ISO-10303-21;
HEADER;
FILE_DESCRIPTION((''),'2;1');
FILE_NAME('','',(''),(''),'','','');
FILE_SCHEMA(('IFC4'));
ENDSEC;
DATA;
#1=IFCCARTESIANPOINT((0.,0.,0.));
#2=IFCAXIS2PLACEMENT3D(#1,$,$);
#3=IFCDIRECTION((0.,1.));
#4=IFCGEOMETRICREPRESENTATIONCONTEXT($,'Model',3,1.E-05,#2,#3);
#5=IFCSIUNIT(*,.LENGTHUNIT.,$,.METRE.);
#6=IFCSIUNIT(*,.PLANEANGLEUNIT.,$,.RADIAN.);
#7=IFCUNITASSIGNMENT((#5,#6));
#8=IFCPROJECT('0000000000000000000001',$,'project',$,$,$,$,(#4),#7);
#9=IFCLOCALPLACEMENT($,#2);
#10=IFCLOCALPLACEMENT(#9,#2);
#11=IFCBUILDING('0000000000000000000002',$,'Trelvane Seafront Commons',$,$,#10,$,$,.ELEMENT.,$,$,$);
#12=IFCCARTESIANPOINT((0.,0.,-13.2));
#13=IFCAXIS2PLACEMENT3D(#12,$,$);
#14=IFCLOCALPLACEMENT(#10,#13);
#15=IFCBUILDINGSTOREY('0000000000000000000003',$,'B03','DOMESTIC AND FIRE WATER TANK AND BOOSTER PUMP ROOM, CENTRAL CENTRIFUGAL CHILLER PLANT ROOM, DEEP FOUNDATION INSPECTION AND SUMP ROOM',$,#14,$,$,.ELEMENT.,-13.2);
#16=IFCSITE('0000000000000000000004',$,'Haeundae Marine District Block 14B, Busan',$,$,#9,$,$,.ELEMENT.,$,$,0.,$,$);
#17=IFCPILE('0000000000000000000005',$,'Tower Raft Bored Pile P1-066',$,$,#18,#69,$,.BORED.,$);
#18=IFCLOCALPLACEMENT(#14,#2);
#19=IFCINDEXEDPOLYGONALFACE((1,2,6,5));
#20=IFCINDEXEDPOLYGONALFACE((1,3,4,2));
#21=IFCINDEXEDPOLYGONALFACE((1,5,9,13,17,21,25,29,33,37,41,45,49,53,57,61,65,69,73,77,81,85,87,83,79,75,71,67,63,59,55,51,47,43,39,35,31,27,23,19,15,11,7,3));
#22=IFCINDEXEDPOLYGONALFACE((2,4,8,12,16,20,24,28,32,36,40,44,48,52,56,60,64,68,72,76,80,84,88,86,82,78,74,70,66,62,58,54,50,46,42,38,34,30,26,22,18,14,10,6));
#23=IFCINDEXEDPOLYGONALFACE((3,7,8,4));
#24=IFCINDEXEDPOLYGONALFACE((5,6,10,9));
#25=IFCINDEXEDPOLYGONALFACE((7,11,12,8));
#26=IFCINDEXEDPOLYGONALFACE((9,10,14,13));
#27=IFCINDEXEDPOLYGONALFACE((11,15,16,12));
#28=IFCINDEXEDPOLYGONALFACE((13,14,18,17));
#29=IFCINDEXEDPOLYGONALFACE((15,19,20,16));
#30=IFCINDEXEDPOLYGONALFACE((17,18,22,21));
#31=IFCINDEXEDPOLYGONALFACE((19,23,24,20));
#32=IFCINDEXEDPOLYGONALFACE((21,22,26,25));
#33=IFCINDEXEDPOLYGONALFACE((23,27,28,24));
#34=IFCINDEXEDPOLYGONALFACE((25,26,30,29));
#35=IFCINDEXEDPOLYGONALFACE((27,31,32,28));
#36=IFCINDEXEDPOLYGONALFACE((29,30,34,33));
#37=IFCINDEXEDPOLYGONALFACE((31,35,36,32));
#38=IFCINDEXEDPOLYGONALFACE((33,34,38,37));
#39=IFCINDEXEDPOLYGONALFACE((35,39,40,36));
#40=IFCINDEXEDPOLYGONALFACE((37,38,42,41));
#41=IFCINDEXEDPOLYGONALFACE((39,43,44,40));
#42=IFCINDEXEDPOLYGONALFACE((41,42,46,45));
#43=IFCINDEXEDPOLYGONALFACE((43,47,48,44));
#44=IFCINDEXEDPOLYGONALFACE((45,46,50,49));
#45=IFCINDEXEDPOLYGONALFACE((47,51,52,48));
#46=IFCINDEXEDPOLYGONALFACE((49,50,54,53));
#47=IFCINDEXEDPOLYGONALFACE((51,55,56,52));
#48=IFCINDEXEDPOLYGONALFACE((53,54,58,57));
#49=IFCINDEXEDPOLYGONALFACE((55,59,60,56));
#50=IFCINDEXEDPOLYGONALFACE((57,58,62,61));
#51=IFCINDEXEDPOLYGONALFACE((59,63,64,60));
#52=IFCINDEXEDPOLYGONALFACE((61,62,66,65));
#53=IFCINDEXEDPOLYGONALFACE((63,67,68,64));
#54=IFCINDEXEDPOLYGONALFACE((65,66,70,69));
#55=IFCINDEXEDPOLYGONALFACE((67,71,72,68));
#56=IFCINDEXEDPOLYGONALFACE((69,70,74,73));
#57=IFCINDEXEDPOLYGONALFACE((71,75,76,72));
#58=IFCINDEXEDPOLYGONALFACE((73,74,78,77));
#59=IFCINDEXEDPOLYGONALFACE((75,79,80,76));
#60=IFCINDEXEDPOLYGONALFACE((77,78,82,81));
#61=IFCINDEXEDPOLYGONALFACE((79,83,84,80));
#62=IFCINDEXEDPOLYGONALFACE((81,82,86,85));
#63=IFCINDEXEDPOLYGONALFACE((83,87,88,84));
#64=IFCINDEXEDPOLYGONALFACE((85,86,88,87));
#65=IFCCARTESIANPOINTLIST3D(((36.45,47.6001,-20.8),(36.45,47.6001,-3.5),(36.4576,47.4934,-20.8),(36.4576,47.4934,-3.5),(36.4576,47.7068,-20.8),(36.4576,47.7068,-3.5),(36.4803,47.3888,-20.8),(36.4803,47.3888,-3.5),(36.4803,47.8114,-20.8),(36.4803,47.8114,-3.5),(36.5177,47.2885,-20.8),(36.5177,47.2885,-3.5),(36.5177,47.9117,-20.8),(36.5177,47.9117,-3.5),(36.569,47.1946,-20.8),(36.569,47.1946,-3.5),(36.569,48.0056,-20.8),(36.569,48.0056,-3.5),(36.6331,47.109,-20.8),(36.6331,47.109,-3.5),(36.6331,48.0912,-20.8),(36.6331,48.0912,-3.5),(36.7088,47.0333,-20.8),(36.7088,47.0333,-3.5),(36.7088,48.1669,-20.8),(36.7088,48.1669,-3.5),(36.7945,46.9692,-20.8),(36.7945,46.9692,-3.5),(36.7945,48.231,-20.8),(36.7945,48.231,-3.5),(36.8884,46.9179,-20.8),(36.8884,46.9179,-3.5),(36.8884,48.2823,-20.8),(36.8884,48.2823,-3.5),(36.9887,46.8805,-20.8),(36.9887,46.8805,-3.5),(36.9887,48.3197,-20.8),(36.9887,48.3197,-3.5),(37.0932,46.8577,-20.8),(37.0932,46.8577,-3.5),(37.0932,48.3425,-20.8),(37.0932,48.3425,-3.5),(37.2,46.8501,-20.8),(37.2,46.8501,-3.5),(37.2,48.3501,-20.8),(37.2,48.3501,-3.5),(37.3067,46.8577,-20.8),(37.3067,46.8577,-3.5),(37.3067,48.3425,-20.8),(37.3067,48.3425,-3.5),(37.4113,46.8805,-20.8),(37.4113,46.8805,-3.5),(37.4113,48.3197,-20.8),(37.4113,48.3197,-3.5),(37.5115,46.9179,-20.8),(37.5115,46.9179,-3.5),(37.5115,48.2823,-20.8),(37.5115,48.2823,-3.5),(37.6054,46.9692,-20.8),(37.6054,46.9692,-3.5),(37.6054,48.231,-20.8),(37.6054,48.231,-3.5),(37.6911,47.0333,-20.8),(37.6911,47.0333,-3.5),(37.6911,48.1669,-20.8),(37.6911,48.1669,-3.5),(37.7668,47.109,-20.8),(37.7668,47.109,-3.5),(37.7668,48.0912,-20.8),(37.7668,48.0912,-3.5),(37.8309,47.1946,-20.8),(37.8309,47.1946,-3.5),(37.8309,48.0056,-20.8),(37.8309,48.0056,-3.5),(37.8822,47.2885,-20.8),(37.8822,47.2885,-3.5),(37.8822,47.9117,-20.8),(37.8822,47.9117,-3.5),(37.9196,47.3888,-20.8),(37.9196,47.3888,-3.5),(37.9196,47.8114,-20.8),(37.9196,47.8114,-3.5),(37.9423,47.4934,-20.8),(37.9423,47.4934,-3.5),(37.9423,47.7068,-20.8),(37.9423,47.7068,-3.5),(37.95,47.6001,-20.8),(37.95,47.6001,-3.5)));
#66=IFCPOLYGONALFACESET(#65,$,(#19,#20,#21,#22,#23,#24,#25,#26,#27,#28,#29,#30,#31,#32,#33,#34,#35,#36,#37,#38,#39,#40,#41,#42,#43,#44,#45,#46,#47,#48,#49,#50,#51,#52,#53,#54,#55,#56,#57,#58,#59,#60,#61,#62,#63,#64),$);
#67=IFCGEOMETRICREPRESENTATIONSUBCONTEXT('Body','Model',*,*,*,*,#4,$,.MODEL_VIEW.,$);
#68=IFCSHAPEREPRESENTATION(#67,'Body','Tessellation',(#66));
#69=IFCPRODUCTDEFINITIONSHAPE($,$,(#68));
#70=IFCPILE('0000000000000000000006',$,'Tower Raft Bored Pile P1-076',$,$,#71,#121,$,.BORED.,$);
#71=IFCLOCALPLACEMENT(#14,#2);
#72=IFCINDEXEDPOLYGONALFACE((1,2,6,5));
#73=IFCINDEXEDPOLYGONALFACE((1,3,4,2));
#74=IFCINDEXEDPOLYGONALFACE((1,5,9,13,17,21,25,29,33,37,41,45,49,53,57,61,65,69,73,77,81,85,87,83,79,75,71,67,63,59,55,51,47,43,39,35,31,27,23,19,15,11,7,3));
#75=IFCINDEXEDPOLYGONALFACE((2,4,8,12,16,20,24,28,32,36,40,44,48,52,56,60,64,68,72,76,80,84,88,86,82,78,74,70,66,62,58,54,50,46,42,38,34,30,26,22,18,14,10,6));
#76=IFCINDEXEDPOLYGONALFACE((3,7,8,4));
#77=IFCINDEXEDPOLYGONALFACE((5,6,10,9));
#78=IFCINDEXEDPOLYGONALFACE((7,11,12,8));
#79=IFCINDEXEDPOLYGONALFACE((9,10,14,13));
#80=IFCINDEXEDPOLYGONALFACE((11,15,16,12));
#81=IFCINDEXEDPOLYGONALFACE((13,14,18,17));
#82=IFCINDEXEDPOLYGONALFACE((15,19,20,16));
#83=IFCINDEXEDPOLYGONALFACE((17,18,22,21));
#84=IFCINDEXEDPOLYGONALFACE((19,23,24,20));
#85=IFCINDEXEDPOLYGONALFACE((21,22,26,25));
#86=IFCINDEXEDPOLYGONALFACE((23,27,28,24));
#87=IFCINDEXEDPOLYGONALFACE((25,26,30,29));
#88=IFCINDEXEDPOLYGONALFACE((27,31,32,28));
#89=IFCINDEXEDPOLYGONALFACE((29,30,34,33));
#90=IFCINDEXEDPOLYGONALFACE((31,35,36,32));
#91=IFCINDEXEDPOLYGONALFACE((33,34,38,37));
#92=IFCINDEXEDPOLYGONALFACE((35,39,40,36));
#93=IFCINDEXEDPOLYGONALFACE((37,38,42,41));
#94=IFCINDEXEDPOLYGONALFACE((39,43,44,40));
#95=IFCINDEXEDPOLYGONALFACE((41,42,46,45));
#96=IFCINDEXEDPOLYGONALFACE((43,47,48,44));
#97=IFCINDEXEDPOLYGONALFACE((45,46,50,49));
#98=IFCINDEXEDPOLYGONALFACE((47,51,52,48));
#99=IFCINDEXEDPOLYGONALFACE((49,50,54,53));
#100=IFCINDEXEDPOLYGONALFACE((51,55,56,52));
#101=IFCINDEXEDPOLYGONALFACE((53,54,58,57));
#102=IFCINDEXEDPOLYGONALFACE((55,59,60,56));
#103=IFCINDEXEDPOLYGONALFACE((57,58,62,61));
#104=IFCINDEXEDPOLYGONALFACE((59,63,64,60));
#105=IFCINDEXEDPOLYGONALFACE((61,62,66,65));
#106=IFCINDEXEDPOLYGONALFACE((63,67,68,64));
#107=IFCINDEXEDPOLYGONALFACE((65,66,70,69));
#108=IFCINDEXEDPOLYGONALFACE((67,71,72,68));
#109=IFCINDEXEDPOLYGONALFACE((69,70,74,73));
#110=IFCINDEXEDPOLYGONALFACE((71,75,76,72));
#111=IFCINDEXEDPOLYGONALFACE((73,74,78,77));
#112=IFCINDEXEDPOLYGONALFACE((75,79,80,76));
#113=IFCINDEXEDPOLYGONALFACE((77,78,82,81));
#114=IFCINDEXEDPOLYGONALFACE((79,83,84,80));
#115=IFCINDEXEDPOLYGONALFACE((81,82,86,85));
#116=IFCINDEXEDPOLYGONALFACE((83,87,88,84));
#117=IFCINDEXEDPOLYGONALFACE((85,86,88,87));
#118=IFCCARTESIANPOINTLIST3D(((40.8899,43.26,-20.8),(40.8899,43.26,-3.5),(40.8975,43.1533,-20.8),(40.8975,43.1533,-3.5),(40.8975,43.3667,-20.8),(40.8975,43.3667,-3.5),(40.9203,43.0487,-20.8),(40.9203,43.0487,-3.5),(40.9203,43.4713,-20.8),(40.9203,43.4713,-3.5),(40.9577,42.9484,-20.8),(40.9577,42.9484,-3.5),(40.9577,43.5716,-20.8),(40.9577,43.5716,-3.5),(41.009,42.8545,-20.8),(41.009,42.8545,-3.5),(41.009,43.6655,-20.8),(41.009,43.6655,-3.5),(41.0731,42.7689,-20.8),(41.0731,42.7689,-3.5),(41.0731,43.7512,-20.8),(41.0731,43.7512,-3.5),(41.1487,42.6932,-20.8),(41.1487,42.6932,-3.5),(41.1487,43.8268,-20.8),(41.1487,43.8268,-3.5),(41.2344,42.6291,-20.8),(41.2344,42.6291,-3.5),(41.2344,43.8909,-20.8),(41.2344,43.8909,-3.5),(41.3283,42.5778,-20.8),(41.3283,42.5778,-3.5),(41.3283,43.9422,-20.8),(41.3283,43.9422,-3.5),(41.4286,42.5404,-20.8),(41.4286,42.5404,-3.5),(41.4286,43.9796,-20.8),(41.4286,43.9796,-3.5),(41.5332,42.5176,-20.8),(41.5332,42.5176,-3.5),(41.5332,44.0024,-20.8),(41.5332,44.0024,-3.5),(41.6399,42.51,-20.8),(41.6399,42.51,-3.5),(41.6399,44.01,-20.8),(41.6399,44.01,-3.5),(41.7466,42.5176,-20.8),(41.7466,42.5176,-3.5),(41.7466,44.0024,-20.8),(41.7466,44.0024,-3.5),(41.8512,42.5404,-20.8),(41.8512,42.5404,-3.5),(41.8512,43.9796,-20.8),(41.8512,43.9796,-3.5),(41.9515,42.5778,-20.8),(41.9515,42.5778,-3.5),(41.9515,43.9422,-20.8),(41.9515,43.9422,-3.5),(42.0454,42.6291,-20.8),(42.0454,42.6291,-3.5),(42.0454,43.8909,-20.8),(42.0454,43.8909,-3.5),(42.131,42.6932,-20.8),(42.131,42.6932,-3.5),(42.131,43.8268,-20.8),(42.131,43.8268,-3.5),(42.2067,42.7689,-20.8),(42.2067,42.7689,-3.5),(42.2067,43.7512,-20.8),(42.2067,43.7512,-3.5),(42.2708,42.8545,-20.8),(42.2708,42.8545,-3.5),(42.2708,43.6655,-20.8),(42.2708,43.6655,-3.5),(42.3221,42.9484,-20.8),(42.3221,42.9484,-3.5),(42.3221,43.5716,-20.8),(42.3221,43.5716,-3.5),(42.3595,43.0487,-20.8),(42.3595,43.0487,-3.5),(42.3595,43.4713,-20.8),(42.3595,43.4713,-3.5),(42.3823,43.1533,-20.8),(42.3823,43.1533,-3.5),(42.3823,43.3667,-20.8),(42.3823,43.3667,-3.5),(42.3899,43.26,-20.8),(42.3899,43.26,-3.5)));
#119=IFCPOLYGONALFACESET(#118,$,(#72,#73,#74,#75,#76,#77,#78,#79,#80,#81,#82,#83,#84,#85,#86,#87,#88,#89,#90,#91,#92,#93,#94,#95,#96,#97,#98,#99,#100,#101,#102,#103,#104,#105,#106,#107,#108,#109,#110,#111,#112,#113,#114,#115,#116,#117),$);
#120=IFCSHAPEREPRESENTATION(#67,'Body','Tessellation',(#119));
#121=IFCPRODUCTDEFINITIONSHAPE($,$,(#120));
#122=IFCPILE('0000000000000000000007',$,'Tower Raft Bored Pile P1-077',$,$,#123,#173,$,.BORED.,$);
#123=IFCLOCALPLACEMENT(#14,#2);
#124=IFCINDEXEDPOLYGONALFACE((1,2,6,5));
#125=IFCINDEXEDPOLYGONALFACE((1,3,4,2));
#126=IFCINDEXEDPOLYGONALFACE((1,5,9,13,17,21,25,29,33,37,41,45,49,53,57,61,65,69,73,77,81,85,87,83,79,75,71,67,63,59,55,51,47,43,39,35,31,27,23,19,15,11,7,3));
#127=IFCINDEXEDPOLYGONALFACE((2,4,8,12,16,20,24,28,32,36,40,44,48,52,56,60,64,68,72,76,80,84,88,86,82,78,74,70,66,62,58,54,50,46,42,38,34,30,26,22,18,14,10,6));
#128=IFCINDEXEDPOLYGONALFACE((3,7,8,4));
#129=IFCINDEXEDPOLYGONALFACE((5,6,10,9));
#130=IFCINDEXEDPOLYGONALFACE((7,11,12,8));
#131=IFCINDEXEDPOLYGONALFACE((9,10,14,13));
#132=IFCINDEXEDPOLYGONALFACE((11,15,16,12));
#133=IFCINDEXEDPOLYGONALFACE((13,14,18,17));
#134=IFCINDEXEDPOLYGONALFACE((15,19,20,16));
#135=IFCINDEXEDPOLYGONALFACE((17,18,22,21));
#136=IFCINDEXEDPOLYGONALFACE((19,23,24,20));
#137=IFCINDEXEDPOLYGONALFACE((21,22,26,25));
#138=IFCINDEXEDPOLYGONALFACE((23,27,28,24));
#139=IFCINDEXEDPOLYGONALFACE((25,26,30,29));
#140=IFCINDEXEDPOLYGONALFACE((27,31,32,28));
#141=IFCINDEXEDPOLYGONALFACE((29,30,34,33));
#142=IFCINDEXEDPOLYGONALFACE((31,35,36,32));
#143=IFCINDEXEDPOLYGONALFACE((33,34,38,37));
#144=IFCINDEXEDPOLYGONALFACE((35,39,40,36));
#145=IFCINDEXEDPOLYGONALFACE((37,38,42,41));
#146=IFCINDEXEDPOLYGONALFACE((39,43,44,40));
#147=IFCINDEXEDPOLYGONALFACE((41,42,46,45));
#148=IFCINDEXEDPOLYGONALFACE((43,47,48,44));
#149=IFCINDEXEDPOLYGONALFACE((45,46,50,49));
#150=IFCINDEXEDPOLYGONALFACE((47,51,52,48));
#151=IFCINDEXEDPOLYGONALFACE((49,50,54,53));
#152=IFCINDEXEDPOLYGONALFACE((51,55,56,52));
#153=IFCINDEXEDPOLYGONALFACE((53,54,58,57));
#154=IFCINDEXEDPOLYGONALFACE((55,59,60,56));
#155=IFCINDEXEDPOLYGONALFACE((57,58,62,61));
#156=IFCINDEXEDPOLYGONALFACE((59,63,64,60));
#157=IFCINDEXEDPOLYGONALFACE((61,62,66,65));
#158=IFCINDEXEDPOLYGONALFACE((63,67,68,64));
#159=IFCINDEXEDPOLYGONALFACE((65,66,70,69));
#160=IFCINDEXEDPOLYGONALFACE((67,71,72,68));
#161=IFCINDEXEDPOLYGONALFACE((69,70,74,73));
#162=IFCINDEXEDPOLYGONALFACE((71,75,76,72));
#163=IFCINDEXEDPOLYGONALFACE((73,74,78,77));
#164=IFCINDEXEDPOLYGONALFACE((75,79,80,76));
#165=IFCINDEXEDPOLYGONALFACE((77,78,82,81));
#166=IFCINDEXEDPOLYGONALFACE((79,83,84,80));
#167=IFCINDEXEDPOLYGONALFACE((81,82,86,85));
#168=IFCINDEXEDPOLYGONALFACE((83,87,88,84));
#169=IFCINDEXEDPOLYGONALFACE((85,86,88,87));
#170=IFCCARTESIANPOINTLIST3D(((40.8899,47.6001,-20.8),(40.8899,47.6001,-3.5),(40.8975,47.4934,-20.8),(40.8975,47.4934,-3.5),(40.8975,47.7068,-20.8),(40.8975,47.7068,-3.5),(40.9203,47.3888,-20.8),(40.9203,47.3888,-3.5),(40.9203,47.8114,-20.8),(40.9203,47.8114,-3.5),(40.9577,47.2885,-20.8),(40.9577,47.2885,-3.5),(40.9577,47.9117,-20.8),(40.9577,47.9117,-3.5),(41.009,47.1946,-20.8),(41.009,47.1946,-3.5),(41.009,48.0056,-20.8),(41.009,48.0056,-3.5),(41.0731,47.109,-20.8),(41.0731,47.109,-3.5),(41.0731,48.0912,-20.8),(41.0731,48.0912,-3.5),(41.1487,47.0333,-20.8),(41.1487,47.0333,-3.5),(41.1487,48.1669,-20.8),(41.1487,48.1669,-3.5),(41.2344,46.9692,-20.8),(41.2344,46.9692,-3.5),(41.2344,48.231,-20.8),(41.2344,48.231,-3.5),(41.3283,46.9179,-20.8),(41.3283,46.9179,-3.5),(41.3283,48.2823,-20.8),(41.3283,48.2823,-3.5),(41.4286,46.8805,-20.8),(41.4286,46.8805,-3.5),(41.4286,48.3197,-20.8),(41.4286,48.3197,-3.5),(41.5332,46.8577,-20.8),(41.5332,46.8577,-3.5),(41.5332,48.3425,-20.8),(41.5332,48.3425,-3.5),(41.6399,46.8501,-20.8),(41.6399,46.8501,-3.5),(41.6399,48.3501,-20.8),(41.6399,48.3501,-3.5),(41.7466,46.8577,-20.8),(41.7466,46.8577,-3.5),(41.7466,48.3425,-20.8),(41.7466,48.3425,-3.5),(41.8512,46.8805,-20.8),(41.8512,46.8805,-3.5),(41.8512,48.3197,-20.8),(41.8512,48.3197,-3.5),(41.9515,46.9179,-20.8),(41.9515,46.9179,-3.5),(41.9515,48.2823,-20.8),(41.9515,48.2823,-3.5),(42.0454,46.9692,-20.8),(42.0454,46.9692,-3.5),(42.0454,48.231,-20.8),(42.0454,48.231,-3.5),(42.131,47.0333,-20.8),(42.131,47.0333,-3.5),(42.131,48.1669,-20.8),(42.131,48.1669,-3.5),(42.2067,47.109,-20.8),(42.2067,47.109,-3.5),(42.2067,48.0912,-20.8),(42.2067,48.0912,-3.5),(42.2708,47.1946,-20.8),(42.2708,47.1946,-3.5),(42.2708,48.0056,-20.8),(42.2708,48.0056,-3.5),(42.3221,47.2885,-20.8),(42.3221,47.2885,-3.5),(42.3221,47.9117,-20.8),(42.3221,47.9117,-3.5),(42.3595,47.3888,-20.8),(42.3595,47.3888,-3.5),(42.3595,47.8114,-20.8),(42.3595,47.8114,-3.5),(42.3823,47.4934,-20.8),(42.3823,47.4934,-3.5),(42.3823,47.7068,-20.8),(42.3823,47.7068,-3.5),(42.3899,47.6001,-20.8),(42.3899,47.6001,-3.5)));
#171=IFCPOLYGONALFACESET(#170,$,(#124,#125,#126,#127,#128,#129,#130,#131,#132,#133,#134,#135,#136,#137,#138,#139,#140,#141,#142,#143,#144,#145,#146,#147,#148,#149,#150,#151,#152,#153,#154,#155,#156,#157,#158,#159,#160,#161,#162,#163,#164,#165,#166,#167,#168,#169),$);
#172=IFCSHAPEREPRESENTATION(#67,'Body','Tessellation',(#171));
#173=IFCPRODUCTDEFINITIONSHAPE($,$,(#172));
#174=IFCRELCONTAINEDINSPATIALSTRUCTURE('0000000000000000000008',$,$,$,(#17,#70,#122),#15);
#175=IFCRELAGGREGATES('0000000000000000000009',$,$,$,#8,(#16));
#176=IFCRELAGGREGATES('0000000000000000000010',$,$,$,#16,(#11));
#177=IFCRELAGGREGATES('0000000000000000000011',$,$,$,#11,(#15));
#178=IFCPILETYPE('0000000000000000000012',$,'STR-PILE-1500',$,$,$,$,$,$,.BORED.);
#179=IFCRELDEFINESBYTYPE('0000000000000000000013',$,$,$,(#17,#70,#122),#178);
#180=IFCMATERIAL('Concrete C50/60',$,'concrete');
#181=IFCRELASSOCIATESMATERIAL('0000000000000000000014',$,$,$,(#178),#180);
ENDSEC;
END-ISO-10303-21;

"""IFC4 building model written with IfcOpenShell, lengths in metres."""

from ifc_helpers import new_model, si_unit, direction, frame, origin, origin_2d, place, context, subcontext, project, spatial, circle, extrude, source, transform, mapped, material, material_profile, profile_set, type_object, element, save


model = new_model("IFC4")

# Units and contexts
model_context = context("Model", 3, precision=1e-05, world=origin(), true_north=direction((0.0, 1.0)))
body_context = subcontext(model_context, "Body", "Model", "MODEL_VIEW")
ifc_project = project(units=[si_unit("LENGTHUNIT", "METRE"), si_unit("PLANEANGLEUNIT", "RADIAN")], contexts=[model_context])

# Site, building, storey
site_placement = place(None, origin())
site = spatial("IfcSite", under=ifc_project, at=site_placement, Name="Haeundae Marine District Block 14B, Busan", CompositionType="ELEMENT", RefElevation=0.0)
building_placement = place(site_placement, origin())
building = spatial("IfcBuilding", under=site, at=building_placement, Name="Trelvane Seafront Commons", CompositionType="ELEMENT")
storey_placement = place(building_placement, frame((0.0, 0.0, -13.2)))
storey = spatial("IfcBuildingStorey", under=building, at=storey_placement, Name="B03", Description="DOMESTIC AND FIRE WATER TANK AND BOOSTER PUMP ROOM, CENTRAL CENTRIFUGAL CHILLER PLANT ROOM, DEEP FOUNDATION INSPECTION AND SUMP ROOM", CompositionType="ELEMENT", Elevation=-13.2)

# Piles
ifc_material_1 = material(Name="Concrete C50/60", Category="concrete")
ifc_material_profile_1 = material_profile(ifc_material_1, circle(Radius=0.75, at=origin_2d()), Name="PILE-1500")
ifc_profile_set_1 = profile_set([ifc_material_profile_1], Name="Concrete C50/60")
pile_type = type_object("IfcPileType", Name="STR-PILE-1500", PredefinedType="BORED", material=ifc_profile_set_1)
shared_shape_1 = source(origin(), body_context, "Body", "SweptSolid", [
    extrude(circle(Radius=0.75, at=origin_2d()), origin(), (0.0, 0.0, 1.0), 17.3),
])
for number, where, z_axis, x_axis, name in (
    (1, (37.2, 47.6001, -3.5), (0.0, 0.0, -1.0), (1.0, 0.0, 0.0), "Tower Raft Bored Pile P1-066"),
    (2, (41.6399, 43.26, -3.5), (0.0, 0.0, -1.0), (1.0, 0.0, 0.0), "Tower Raft Bored Pile P1-076"),
    (3, (41.6399, 47.6001, -3.5), (0.0, 0.0, -1.0), (1.0, 0.0, 0.0), "Tower Raft Bored Pile P1-077"),
):
    element("IfcPile", number, at=place(storey_placement, frame(where, z_axis=z_axis, x_axis=x_axis)), inside=storey, type_object=pile_type, Name=name, PredefinedType="BORED", context=body_context, shape_type="MappedRepresentation", body=[
        mapped(shared_shape_1, transform((0.0, 0.0, 0.0), x_axis=(1.0, 0.0, 0.0), y_axis=(0.0, 1.0, 0.0), z_axis=(0.0, 0.0, 1.0), scale=1.0)),
    ])

save(model, "model.ifc")
